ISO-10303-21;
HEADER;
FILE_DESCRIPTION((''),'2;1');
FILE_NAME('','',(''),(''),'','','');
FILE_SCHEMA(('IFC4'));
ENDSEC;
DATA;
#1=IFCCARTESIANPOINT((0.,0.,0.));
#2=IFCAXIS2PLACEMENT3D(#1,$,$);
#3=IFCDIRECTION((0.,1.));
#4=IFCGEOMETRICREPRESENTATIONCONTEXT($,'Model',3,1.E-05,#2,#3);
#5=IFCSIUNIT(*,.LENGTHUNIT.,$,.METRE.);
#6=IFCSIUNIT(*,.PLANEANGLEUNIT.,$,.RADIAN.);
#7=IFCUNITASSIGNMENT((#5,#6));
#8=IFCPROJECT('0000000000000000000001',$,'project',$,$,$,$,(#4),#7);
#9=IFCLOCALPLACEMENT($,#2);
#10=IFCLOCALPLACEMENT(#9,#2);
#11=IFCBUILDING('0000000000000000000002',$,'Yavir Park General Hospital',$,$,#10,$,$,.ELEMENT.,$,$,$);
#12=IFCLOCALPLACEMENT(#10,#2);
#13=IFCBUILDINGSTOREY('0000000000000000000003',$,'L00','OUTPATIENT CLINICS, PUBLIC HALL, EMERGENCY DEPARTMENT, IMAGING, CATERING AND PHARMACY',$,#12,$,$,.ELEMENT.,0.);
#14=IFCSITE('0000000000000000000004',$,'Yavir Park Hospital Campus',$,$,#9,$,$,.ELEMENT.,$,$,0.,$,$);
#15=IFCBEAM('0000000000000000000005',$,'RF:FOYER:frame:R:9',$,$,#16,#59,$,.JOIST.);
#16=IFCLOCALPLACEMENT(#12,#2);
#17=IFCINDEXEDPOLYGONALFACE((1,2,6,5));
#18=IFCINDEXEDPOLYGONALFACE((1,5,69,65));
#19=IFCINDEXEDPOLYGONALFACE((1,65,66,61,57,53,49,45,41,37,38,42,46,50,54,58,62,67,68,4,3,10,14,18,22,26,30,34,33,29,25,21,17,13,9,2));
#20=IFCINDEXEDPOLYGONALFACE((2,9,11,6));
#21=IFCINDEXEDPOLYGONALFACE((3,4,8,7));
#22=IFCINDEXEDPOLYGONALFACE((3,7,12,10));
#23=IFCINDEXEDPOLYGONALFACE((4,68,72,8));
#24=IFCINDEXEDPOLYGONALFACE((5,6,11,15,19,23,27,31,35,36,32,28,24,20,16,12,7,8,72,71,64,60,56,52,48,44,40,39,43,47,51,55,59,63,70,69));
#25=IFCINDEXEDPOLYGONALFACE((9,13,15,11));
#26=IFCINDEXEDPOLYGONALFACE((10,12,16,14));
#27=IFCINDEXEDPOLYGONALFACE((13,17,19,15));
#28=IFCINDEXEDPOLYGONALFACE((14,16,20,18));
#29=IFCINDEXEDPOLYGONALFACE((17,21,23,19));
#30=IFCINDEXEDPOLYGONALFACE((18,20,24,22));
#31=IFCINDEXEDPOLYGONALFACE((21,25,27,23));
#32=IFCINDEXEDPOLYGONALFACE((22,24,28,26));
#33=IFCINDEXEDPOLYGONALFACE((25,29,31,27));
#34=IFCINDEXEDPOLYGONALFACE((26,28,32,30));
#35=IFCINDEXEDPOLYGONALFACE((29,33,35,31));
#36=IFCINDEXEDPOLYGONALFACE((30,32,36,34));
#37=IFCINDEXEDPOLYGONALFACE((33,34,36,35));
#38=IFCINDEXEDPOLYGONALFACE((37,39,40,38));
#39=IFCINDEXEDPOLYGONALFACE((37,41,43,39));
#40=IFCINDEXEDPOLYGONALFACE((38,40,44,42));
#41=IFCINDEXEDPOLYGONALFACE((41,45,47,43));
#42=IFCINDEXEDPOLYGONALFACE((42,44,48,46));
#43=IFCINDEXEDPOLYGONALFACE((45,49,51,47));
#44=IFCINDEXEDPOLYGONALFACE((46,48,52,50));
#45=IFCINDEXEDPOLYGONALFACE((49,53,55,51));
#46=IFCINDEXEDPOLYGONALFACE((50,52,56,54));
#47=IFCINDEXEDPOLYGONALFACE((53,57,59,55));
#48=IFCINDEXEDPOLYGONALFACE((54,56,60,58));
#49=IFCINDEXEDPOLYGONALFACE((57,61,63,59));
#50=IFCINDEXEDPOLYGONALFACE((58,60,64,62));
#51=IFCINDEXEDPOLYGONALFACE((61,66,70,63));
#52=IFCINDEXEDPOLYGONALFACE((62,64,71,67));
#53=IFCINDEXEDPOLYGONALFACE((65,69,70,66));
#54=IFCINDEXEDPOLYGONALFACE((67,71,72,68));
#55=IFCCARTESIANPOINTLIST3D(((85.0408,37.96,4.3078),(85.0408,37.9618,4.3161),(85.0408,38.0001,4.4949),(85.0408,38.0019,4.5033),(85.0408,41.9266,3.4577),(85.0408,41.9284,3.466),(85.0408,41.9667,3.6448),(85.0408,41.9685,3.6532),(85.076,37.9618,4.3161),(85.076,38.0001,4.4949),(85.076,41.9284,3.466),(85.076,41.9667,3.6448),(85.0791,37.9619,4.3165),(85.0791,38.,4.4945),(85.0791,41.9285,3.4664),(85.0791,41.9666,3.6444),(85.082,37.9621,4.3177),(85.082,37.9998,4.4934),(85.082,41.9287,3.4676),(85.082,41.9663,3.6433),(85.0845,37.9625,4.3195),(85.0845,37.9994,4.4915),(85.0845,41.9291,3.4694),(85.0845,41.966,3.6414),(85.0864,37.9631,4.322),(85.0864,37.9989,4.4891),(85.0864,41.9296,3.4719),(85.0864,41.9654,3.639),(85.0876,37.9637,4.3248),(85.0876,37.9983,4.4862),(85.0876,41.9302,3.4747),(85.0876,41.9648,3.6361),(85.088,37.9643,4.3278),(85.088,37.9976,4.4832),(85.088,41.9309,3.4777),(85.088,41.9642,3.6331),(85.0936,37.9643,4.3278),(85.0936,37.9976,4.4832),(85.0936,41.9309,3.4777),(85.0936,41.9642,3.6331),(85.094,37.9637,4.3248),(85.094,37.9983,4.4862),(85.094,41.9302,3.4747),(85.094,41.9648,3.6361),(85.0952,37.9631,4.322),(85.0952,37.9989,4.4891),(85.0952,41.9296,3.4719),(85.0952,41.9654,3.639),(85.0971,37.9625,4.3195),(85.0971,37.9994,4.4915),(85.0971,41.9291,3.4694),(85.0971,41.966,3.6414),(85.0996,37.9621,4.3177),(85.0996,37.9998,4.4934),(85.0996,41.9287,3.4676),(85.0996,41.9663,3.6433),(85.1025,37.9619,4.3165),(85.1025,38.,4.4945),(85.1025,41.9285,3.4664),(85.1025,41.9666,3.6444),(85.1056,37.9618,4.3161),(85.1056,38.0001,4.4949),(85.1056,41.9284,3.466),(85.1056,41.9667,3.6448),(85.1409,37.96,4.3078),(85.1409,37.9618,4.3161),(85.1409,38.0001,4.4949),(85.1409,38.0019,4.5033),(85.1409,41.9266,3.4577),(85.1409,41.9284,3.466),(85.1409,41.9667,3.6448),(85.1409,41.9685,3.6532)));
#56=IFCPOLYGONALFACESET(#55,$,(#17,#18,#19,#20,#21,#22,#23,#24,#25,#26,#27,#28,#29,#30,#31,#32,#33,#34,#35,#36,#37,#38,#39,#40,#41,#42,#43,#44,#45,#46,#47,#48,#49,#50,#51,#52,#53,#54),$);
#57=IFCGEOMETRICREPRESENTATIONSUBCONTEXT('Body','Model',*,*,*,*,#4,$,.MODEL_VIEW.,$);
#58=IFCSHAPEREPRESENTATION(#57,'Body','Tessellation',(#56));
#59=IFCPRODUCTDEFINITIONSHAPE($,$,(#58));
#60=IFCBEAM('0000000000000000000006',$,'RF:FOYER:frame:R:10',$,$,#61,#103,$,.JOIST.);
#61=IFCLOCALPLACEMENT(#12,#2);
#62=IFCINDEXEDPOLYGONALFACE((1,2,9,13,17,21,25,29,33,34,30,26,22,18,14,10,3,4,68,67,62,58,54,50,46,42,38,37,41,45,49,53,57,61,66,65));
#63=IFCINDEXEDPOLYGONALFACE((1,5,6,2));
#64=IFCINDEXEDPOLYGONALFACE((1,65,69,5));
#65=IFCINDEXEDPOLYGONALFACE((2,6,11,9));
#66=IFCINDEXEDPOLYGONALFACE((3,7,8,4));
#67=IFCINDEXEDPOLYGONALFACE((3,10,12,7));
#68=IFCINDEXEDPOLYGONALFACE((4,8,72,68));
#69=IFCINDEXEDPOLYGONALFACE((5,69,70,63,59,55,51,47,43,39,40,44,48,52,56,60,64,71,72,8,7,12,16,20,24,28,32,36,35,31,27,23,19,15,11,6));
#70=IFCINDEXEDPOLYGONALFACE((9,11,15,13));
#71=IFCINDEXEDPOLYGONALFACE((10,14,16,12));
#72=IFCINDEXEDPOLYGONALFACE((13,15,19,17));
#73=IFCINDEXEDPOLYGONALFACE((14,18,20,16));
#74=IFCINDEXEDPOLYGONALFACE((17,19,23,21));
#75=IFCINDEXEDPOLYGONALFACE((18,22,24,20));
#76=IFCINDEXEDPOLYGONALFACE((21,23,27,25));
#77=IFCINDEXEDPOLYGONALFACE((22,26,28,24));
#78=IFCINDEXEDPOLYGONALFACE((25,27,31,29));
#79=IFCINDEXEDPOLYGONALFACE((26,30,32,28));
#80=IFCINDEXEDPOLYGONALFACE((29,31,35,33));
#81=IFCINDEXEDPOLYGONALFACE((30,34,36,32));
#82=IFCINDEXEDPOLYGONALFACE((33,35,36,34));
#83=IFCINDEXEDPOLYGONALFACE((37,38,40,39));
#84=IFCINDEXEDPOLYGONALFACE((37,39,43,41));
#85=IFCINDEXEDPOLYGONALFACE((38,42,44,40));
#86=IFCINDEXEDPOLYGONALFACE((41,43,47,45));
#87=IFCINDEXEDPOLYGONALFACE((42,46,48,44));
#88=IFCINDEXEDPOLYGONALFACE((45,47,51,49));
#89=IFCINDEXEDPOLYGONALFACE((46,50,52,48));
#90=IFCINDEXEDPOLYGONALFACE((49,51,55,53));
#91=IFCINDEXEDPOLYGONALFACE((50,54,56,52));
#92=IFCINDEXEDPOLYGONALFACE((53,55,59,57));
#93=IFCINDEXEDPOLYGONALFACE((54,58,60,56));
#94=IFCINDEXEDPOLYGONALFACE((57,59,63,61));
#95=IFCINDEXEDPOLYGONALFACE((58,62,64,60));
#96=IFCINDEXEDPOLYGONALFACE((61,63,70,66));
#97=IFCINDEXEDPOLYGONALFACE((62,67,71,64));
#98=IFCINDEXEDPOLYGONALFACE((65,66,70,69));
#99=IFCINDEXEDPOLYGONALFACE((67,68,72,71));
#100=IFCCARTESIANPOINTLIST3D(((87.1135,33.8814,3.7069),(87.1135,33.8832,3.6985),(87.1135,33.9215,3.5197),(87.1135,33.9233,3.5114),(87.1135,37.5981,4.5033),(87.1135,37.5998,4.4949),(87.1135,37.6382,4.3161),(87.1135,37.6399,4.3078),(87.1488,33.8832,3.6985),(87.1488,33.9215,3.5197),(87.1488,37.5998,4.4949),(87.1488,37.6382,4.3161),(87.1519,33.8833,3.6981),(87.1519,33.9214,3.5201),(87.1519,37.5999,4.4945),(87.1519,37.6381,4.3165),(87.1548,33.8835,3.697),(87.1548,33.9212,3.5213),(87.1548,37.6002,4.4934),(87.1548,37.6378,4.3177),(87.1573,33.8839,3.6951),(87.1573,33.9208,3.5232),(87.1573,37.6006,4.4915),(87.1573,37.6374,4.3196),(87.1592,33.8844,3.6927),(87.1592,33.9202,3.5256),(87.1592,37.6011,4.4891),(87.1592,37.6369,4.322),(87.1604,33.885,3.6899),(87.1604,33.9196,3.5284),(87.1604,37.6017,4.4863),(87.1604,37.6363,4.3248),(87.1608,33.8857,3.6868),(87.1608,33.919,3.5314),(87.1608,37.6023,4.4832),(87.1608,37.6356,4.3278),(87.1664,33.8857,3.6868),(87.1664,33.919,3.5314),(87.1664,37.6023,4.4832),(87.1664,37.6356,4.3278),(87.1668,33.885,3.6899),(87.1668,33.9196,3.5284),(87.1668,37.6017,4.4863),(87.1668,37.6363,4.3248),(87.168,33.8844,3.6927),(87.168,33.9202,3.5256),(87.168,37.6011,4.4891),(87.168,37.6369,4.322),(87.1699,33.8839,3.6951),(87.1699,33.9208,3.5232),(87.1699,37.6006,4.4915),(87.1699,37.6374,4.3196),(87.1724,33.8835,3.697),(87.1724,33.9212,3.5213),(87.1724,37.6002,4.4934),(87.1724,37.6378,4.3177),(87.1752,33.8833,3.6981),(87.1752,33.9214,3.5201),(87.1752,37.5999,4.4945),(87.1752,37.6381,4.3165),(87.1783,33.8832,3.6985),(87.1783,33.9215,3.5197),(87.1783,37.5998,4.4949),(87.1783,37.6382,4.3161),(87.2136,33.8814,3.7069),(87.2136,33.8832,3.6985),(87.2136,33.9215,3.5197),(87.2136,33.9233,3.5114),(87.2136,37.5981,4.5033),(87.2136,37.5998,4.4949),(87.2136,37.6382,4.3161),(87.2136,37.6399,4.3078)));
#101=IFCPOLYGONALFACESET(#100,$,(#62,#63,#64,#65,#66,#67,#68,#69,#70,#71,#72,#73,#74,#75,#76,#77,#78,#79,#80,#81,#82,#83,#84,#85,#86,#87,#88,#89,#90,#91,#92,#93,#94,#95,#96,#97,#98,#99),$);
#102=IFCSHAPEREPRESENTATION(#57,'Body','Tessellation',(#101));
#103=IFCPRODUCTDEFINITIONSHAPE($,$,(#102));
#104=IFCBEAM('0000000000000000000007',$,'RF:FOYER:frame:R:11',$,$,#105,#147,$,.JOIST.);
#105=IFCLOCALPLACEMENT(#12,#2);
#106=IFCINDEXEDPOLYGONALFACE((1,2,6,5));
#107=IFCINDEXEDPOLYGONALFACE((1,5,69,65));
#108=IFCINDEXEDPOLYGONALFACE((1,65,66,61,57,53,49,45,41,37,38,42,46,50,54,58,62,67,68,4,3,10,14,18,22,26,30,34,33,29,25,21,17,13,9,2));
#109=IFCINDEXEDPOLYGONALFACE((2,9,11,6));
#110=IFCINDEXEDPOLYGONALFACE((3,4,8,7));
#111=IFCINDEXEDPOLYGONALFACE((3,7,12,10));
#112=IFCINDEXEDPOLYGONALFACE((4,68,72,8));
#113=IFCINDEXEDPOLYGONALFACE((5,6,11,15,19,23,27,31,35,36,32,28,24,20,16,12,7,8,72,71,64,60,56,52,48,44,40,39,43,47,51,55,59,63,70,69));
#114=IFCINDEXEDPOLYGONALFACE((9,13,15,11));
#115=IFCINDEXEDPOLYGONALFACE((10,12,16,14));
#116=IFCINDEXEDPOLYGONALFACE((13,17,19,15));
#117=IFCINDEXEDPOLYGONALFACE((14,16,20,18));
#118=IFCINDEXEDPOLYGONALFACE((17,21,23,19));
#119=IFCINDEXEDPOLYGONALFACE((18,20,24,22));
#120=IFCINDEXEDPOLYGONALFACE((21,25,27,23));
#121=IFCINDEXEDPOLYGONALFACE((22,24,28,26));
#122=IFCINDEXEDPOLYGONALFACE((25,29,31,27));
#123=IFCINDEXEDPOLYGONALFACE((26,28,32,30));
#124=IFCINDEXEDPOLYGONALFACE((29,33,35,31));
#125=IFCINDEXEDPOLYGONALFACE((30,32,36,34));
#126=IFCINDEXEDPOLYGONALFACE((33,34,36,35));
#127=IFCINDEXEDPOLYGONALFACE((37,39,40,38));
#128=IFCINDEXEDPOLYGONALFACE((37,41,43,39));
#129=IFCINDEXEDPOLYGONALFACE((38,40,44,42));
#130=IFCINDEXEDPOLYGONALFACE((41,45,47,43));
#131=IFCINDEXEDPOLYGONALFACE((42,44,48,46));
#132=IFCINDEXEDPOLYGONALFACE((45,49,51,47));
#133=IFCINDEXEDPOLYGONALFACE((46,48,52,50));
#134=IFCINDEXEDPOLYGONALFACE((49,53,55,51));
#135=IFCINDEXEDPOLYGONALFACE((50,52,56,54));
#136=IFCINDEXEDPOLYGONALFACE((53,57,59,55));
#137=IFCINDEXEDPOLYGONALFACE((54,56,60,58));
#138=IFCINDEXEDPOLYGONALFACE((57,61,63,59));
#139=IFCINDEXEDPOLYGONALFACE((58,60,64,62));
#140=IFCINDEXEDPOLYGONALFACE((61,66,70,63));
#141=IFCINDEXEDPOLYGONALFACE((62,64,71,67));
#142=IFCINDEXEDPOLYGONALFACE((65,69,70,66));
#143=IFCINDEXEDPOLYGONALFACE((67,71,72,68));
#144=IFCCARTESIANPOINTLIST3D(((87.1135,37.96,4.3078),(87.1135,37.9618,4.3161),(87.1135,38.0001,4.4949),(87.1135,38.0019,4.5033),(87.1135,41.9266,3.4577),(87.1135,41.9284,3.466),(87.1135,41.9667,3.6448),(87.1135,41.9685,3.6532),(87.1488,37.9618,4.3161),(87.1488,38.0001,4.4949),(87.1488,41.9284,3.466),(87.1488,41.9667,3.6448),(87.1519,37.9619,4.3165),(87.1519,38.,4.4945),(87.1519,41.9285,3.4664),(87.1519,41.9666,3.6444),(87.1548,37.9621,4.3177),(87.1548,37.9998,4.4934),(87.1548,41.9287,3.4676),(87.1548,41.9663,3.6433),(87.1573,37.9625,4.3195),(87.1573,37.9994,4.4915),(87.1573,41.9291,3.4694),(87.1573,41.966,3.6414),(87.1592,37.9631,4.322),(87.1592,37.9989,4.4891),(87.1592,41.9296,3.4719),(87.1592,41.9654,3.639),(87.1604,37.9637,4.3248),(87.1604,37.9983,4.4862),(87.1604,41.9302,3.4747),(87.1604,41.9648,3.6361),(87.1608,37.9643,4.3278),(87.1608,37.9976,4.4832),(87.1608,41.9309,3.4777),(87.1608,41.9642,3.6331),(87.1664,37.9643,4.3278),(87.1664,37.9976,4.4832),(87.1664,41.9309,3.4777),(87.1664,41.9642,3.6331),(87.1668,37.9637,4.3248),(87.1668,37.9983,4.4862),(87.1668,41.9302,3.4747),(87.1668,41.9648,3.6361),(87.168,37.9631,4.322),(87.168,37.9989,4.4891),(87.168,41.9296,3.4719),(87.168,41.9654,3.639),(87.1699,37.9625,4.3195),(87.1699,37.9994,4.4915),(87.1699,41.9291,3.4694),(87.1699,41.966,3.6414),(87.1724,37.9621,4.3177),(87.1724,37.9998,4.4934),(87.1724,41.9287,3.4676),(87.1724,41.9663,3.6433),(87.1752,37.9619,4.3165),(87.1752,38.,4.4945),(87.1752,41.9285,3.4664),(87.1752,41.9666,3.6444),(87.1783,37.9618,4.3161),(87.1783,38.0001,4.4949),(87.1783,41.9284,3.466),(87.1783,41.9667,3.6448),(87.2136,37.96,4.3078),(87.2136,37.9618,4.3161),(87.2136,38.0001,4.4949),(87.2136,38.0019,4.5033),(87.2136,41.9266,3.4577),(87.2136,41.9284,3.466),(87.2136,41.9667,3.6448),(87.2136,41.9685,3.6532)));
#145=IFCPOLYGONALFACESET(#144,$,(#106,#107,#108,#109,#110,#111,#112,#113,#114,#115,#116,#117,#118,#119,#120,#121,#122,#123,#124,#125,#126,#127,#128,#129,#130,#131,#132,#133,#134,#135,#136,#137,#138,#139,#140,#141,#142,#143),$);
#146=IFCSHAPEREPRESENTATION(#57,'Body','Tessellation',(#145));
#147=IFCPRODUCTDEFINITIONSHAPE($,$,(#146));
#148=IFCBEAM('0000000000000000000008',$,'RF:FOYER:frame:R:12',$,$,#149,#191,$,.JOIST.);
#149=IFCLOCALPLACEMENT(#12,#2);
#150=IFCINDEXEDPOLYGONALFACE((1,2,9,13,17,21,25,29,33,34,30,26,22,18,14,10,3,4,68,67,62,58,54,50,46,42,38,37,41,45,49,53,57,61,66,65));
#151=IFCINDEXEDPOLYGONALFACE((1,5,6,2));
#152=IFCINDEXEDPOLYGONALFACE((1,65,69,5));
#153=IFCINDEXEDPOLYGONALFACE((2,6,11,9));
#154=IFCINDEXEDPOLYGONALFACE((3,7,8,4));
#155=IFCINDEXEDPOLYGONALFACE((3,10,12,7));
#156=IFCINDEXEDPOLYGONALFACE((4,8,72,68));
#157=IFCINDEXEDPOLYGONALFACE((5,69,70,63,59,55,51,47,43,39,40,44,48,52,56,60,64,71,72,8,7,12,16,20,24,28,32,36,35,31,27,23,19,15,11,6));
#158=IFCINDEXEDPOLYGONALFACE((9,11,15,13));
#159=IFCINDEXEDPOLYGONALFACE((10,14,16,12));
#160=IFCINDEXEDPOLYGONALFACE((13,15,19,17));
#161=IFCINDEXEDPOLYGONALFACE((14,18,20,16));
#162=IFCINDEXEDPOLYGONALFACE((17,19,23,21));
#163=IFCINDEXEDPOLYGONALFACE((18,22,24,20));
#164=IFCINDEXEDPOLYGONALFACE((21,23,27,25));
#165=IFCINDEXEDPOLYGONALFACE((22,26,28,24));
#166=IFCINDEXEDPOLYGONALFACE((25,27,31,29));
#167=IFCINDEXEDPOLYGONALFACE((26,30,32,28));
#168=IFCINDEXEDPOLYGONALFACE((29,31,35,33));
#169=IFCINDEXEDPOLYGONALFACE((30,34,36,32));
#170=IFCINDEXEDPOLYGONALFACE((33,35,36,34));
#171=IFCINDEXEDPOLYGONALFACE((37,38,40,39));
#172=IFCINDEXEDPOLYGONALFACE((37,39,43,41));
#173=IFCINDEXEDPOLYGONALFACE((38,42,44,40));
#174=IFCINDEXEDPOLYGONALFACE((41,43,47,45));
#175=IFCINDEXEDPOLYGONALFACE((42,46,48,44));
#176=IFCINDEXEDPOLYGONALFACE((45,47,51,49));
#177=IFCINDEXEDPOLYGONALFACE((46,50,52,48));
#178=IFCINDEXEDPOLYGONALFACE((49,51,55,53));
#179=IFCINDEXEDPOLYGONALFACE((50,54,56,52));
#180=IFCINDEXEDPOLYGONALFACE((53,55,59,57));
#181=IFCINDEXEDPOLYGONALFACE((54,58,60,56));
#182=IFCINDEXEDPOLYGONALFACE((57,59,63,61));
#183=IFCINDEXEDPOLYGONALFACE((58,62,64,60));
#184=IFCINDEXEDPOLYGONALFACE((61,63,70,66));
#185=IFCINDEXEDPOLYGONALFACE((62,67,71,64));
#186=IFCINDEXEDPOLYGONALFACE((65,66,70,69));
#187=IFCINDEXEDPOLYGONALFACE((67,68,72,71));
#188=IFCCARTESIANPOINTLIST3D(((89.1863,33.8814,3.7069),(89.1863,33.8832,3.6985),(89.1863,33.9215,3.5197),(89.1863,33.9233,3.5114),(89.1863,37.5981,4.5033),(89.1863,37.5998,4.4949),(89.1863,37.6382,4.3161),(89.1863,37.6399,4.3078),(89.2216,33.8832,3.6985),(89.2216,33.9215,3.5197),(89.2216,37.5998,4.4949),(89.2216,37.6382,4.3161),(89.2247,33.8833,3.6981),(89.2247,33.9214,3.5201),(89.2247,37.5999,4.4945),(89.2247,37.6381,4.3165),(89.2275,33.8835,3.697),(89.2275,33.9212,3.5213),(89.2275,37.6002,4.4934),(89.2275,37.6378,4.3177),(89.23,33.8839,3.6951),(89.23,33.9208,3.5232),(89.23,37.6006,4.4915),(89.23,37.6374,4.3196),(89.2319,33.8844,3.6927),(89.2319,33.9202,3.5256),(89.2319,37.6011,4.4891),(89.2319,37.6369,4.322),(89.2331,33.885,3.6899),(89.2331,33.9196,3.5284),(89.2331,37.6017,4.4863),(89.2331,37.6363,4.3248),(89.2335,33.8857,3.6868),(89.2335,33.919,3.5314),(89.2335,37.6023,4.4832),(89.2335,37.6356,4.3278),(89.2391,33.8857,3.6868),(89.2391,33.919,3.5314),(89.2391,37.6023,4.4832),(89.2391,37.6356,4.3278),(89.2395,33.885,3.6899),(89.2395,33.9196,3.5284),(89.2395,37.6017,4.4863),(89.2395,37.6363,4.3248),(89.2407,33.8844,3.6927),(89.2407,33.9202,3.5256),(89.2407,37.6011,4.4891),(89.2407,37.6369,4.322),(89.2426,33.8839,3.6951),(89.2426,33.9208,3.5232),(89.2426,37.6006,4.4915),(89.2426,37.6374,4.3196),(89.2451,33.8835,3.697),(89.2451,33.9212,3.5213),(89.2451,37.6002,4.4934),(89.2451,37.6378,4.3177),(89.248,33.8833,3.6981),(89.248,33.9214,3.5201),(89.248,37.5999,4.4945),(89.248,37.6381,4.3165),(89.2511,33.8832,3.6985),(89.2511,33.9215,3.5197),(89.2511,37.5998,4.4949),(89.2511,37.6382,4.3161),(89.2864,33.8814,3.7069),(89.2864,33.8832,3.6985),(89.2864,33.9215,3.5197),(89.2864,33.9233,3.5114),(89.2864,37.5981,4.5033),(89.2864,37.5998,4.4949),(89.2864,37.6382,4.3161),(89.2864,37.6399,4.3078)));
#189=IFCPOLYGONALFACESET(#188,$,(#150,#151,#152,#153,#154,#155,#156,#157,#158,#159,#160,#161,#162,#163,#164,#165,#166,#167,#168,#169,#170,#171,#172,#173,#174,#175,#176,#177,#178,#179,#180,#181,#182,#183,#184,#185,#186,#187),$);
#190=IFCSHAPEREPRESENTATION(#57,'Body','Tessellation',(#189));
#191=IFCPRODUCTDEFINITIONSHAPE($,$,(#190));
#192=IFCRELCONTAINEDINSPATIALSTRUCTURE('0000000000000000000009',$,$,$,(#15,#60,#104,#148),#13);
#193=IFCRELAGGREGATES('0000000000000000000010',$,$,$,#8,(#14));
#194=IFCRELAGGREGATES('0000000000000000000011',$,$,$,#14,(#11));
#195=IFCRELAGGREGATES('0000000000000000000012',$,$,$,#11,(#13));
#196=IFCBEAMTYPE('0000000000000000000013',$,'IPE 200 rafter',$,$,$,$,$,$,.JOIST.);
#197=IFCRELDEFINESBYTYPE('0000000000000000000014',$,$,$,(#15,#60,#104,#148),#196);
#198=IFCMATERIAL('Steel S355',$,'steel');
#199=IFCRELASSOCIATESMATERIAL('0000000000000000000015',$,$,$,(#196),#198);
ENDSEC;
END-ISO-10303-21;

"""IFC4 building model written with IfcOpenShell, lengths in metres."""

from ifc_helpers import new_model, si_unit, direction, frame, origin, origin_2d, place, context, subcontext, project, spatial, i_section, extrude, material, material_profile, profile_set, type_object, element, save


model = new_model("IFC4")

# Units and contexts
model_context = context("Model", 3, precision=1e-05, world=origin(), true_north=direction((0.0, 1.0)))
body_context = subcontext(model_context, "Body", "Model", "MODEL_VIEW")
ifc_project = project(units=[si_unit("LENGTHUNIT", "METRE"), si_unit("PLANEANGLEUNIT", "RADIAN")], contexts=[model_context])

# Site, building, storey
site_placement = place(None, origin())
site = spatial("IfcSite", under=ifc_project, at=site_placement, Name="Yavir Park Hospital Campus", CompositionType="ELEMENT", RefElevation=0.0)
building_placement = place(site_placement, origin())
building = spatial("IfcBuilding", under=site, at=building_placement, Name="Yavir Park General Hospital", CompositionType="ELEMENT")
storey_placement = place(building_placement, origin())
storey = spatial("IfcBuildingStorey", under=building, at=storey_placement, Name="L00", Description="OUTPATIENT CLINICS, PUBLIC HALL, EMERGENCY DEPARTMENT, IMAGING, CATERING AND PHARMACY", CompositionType="ELEMENT", Elevation=0.0)

# Beams
ifc_material_1 = material(Name="Steel S355", Category="steel")
ifc_material_profile_1 = material_profile(ifc_material_1, i_section(OverallWidth=0.1001, OverallDepth=0.2, WebThickness=0.0056, FlangeThickness=0.0085, FilletRadius=0.012, at=origin_2d()), Name="IPE200")
ifc_profile_set_1 = profile_set([ifc_material_profile_1], Name="Steel S355")
beam_type_1 = type_object("IfcBeamType", Name="IPE 200 rafter", PredefinedType="JOIST", material=ifc_profile_set_1)
beam_1_placement = place(storey_placement, frame((85.0908, 37.981, 4.4055), z_axis=(0.0, 0.977796, -0.209558), x_axis=(-1.0, 0.0, 0.0)))
element("IfcBeam", 1, at=beam_1_placement, inside=storey, type_object=beam_type_1, Name="RF:FOYER:frame:R:9", PredefinedType="JOIST", context=body_context, shape_type="SweptSolid", body=[
    extrude(i_section(OverallWidth=0.1001, OverallDepth=0.2, WebThickness=0.0056, FlangeThickness=0.0085, FilletRadius=0.012, at=origin_2d()), origin(), (0.0, 0.0, 1.0), 4.0566),
])
beam_2_placement = place(storey_placement, frame((87.1636, 33.9023, 3.6091), z_axis=(0.0, 0.977803, 0.209525), x_axis=(-1.0, 0.0, 0.0)))
element("IfcBeam", 2, at=beam_2_placement, inside=storey, type_object=beam_type_1, Name="RF:FOYER:frame:R:10", PredefinedType="JOIST", context=body_context, shape_type="SweptSolid", body=[
    extrude(i_section(OverallWidth=0.1001, OverallDepth=0.2, WebThickness=0.0056, FlangeThickness=0.0085, FilletRadius=0.012, at=origin_2d()), origin(), (0.0, 0.0, 1.0), 3.801),
])
beam_3_placement = place(storey_placement, frame((87.1636, 37.981, 4.4055), z_axis=(0.0, 0.977796, -0.209558), x_axis=(-1.0, 0.0, 0.0)))
element("IfcBeam", 3, at=beam_3_placement, inside=storey, type_object=beam_type_1, Name="RF:FOYER:frame:R:11", PredefinedType="JOIST", context=body_context, shape_type="SweptSolid", body=[
    extrude(i_section(OverallWidth=0.1001, OverallDepth=0.2, WebThickness=0.0056, FlangeThickness=0.0085, FilletRadius=0.012, at=origin_2d()), origin(), (0.0, 0.0, 1.0), 4.0566),
])
beam_4_placement = place(storey_placement, frame((89.2363, 33.9023, 3.6091), z_axis=(0.0, 0.977803, 0.209525), x_axis=(-1.0, 0.0, 0.0)))
element("IfcBeam", 4, at=beam_4_placement, inside=storey, type_object=beam_type_1, Name="RF:FOYER:frame:R:12", PredefinedType="JOIST", context=body_context, shape_type="SweptSolid", body=[
    extrude(i_section(OverallWidth=0.1001, OverallDepth=0.2, WebThickness=0.0056, FlangeThickness=0.0085, FilletRadius=0.012, at=origin_2d()), origin(), (0.0, 0.0, 1.0), 3.801),
])

save(model, "model.ifc")
